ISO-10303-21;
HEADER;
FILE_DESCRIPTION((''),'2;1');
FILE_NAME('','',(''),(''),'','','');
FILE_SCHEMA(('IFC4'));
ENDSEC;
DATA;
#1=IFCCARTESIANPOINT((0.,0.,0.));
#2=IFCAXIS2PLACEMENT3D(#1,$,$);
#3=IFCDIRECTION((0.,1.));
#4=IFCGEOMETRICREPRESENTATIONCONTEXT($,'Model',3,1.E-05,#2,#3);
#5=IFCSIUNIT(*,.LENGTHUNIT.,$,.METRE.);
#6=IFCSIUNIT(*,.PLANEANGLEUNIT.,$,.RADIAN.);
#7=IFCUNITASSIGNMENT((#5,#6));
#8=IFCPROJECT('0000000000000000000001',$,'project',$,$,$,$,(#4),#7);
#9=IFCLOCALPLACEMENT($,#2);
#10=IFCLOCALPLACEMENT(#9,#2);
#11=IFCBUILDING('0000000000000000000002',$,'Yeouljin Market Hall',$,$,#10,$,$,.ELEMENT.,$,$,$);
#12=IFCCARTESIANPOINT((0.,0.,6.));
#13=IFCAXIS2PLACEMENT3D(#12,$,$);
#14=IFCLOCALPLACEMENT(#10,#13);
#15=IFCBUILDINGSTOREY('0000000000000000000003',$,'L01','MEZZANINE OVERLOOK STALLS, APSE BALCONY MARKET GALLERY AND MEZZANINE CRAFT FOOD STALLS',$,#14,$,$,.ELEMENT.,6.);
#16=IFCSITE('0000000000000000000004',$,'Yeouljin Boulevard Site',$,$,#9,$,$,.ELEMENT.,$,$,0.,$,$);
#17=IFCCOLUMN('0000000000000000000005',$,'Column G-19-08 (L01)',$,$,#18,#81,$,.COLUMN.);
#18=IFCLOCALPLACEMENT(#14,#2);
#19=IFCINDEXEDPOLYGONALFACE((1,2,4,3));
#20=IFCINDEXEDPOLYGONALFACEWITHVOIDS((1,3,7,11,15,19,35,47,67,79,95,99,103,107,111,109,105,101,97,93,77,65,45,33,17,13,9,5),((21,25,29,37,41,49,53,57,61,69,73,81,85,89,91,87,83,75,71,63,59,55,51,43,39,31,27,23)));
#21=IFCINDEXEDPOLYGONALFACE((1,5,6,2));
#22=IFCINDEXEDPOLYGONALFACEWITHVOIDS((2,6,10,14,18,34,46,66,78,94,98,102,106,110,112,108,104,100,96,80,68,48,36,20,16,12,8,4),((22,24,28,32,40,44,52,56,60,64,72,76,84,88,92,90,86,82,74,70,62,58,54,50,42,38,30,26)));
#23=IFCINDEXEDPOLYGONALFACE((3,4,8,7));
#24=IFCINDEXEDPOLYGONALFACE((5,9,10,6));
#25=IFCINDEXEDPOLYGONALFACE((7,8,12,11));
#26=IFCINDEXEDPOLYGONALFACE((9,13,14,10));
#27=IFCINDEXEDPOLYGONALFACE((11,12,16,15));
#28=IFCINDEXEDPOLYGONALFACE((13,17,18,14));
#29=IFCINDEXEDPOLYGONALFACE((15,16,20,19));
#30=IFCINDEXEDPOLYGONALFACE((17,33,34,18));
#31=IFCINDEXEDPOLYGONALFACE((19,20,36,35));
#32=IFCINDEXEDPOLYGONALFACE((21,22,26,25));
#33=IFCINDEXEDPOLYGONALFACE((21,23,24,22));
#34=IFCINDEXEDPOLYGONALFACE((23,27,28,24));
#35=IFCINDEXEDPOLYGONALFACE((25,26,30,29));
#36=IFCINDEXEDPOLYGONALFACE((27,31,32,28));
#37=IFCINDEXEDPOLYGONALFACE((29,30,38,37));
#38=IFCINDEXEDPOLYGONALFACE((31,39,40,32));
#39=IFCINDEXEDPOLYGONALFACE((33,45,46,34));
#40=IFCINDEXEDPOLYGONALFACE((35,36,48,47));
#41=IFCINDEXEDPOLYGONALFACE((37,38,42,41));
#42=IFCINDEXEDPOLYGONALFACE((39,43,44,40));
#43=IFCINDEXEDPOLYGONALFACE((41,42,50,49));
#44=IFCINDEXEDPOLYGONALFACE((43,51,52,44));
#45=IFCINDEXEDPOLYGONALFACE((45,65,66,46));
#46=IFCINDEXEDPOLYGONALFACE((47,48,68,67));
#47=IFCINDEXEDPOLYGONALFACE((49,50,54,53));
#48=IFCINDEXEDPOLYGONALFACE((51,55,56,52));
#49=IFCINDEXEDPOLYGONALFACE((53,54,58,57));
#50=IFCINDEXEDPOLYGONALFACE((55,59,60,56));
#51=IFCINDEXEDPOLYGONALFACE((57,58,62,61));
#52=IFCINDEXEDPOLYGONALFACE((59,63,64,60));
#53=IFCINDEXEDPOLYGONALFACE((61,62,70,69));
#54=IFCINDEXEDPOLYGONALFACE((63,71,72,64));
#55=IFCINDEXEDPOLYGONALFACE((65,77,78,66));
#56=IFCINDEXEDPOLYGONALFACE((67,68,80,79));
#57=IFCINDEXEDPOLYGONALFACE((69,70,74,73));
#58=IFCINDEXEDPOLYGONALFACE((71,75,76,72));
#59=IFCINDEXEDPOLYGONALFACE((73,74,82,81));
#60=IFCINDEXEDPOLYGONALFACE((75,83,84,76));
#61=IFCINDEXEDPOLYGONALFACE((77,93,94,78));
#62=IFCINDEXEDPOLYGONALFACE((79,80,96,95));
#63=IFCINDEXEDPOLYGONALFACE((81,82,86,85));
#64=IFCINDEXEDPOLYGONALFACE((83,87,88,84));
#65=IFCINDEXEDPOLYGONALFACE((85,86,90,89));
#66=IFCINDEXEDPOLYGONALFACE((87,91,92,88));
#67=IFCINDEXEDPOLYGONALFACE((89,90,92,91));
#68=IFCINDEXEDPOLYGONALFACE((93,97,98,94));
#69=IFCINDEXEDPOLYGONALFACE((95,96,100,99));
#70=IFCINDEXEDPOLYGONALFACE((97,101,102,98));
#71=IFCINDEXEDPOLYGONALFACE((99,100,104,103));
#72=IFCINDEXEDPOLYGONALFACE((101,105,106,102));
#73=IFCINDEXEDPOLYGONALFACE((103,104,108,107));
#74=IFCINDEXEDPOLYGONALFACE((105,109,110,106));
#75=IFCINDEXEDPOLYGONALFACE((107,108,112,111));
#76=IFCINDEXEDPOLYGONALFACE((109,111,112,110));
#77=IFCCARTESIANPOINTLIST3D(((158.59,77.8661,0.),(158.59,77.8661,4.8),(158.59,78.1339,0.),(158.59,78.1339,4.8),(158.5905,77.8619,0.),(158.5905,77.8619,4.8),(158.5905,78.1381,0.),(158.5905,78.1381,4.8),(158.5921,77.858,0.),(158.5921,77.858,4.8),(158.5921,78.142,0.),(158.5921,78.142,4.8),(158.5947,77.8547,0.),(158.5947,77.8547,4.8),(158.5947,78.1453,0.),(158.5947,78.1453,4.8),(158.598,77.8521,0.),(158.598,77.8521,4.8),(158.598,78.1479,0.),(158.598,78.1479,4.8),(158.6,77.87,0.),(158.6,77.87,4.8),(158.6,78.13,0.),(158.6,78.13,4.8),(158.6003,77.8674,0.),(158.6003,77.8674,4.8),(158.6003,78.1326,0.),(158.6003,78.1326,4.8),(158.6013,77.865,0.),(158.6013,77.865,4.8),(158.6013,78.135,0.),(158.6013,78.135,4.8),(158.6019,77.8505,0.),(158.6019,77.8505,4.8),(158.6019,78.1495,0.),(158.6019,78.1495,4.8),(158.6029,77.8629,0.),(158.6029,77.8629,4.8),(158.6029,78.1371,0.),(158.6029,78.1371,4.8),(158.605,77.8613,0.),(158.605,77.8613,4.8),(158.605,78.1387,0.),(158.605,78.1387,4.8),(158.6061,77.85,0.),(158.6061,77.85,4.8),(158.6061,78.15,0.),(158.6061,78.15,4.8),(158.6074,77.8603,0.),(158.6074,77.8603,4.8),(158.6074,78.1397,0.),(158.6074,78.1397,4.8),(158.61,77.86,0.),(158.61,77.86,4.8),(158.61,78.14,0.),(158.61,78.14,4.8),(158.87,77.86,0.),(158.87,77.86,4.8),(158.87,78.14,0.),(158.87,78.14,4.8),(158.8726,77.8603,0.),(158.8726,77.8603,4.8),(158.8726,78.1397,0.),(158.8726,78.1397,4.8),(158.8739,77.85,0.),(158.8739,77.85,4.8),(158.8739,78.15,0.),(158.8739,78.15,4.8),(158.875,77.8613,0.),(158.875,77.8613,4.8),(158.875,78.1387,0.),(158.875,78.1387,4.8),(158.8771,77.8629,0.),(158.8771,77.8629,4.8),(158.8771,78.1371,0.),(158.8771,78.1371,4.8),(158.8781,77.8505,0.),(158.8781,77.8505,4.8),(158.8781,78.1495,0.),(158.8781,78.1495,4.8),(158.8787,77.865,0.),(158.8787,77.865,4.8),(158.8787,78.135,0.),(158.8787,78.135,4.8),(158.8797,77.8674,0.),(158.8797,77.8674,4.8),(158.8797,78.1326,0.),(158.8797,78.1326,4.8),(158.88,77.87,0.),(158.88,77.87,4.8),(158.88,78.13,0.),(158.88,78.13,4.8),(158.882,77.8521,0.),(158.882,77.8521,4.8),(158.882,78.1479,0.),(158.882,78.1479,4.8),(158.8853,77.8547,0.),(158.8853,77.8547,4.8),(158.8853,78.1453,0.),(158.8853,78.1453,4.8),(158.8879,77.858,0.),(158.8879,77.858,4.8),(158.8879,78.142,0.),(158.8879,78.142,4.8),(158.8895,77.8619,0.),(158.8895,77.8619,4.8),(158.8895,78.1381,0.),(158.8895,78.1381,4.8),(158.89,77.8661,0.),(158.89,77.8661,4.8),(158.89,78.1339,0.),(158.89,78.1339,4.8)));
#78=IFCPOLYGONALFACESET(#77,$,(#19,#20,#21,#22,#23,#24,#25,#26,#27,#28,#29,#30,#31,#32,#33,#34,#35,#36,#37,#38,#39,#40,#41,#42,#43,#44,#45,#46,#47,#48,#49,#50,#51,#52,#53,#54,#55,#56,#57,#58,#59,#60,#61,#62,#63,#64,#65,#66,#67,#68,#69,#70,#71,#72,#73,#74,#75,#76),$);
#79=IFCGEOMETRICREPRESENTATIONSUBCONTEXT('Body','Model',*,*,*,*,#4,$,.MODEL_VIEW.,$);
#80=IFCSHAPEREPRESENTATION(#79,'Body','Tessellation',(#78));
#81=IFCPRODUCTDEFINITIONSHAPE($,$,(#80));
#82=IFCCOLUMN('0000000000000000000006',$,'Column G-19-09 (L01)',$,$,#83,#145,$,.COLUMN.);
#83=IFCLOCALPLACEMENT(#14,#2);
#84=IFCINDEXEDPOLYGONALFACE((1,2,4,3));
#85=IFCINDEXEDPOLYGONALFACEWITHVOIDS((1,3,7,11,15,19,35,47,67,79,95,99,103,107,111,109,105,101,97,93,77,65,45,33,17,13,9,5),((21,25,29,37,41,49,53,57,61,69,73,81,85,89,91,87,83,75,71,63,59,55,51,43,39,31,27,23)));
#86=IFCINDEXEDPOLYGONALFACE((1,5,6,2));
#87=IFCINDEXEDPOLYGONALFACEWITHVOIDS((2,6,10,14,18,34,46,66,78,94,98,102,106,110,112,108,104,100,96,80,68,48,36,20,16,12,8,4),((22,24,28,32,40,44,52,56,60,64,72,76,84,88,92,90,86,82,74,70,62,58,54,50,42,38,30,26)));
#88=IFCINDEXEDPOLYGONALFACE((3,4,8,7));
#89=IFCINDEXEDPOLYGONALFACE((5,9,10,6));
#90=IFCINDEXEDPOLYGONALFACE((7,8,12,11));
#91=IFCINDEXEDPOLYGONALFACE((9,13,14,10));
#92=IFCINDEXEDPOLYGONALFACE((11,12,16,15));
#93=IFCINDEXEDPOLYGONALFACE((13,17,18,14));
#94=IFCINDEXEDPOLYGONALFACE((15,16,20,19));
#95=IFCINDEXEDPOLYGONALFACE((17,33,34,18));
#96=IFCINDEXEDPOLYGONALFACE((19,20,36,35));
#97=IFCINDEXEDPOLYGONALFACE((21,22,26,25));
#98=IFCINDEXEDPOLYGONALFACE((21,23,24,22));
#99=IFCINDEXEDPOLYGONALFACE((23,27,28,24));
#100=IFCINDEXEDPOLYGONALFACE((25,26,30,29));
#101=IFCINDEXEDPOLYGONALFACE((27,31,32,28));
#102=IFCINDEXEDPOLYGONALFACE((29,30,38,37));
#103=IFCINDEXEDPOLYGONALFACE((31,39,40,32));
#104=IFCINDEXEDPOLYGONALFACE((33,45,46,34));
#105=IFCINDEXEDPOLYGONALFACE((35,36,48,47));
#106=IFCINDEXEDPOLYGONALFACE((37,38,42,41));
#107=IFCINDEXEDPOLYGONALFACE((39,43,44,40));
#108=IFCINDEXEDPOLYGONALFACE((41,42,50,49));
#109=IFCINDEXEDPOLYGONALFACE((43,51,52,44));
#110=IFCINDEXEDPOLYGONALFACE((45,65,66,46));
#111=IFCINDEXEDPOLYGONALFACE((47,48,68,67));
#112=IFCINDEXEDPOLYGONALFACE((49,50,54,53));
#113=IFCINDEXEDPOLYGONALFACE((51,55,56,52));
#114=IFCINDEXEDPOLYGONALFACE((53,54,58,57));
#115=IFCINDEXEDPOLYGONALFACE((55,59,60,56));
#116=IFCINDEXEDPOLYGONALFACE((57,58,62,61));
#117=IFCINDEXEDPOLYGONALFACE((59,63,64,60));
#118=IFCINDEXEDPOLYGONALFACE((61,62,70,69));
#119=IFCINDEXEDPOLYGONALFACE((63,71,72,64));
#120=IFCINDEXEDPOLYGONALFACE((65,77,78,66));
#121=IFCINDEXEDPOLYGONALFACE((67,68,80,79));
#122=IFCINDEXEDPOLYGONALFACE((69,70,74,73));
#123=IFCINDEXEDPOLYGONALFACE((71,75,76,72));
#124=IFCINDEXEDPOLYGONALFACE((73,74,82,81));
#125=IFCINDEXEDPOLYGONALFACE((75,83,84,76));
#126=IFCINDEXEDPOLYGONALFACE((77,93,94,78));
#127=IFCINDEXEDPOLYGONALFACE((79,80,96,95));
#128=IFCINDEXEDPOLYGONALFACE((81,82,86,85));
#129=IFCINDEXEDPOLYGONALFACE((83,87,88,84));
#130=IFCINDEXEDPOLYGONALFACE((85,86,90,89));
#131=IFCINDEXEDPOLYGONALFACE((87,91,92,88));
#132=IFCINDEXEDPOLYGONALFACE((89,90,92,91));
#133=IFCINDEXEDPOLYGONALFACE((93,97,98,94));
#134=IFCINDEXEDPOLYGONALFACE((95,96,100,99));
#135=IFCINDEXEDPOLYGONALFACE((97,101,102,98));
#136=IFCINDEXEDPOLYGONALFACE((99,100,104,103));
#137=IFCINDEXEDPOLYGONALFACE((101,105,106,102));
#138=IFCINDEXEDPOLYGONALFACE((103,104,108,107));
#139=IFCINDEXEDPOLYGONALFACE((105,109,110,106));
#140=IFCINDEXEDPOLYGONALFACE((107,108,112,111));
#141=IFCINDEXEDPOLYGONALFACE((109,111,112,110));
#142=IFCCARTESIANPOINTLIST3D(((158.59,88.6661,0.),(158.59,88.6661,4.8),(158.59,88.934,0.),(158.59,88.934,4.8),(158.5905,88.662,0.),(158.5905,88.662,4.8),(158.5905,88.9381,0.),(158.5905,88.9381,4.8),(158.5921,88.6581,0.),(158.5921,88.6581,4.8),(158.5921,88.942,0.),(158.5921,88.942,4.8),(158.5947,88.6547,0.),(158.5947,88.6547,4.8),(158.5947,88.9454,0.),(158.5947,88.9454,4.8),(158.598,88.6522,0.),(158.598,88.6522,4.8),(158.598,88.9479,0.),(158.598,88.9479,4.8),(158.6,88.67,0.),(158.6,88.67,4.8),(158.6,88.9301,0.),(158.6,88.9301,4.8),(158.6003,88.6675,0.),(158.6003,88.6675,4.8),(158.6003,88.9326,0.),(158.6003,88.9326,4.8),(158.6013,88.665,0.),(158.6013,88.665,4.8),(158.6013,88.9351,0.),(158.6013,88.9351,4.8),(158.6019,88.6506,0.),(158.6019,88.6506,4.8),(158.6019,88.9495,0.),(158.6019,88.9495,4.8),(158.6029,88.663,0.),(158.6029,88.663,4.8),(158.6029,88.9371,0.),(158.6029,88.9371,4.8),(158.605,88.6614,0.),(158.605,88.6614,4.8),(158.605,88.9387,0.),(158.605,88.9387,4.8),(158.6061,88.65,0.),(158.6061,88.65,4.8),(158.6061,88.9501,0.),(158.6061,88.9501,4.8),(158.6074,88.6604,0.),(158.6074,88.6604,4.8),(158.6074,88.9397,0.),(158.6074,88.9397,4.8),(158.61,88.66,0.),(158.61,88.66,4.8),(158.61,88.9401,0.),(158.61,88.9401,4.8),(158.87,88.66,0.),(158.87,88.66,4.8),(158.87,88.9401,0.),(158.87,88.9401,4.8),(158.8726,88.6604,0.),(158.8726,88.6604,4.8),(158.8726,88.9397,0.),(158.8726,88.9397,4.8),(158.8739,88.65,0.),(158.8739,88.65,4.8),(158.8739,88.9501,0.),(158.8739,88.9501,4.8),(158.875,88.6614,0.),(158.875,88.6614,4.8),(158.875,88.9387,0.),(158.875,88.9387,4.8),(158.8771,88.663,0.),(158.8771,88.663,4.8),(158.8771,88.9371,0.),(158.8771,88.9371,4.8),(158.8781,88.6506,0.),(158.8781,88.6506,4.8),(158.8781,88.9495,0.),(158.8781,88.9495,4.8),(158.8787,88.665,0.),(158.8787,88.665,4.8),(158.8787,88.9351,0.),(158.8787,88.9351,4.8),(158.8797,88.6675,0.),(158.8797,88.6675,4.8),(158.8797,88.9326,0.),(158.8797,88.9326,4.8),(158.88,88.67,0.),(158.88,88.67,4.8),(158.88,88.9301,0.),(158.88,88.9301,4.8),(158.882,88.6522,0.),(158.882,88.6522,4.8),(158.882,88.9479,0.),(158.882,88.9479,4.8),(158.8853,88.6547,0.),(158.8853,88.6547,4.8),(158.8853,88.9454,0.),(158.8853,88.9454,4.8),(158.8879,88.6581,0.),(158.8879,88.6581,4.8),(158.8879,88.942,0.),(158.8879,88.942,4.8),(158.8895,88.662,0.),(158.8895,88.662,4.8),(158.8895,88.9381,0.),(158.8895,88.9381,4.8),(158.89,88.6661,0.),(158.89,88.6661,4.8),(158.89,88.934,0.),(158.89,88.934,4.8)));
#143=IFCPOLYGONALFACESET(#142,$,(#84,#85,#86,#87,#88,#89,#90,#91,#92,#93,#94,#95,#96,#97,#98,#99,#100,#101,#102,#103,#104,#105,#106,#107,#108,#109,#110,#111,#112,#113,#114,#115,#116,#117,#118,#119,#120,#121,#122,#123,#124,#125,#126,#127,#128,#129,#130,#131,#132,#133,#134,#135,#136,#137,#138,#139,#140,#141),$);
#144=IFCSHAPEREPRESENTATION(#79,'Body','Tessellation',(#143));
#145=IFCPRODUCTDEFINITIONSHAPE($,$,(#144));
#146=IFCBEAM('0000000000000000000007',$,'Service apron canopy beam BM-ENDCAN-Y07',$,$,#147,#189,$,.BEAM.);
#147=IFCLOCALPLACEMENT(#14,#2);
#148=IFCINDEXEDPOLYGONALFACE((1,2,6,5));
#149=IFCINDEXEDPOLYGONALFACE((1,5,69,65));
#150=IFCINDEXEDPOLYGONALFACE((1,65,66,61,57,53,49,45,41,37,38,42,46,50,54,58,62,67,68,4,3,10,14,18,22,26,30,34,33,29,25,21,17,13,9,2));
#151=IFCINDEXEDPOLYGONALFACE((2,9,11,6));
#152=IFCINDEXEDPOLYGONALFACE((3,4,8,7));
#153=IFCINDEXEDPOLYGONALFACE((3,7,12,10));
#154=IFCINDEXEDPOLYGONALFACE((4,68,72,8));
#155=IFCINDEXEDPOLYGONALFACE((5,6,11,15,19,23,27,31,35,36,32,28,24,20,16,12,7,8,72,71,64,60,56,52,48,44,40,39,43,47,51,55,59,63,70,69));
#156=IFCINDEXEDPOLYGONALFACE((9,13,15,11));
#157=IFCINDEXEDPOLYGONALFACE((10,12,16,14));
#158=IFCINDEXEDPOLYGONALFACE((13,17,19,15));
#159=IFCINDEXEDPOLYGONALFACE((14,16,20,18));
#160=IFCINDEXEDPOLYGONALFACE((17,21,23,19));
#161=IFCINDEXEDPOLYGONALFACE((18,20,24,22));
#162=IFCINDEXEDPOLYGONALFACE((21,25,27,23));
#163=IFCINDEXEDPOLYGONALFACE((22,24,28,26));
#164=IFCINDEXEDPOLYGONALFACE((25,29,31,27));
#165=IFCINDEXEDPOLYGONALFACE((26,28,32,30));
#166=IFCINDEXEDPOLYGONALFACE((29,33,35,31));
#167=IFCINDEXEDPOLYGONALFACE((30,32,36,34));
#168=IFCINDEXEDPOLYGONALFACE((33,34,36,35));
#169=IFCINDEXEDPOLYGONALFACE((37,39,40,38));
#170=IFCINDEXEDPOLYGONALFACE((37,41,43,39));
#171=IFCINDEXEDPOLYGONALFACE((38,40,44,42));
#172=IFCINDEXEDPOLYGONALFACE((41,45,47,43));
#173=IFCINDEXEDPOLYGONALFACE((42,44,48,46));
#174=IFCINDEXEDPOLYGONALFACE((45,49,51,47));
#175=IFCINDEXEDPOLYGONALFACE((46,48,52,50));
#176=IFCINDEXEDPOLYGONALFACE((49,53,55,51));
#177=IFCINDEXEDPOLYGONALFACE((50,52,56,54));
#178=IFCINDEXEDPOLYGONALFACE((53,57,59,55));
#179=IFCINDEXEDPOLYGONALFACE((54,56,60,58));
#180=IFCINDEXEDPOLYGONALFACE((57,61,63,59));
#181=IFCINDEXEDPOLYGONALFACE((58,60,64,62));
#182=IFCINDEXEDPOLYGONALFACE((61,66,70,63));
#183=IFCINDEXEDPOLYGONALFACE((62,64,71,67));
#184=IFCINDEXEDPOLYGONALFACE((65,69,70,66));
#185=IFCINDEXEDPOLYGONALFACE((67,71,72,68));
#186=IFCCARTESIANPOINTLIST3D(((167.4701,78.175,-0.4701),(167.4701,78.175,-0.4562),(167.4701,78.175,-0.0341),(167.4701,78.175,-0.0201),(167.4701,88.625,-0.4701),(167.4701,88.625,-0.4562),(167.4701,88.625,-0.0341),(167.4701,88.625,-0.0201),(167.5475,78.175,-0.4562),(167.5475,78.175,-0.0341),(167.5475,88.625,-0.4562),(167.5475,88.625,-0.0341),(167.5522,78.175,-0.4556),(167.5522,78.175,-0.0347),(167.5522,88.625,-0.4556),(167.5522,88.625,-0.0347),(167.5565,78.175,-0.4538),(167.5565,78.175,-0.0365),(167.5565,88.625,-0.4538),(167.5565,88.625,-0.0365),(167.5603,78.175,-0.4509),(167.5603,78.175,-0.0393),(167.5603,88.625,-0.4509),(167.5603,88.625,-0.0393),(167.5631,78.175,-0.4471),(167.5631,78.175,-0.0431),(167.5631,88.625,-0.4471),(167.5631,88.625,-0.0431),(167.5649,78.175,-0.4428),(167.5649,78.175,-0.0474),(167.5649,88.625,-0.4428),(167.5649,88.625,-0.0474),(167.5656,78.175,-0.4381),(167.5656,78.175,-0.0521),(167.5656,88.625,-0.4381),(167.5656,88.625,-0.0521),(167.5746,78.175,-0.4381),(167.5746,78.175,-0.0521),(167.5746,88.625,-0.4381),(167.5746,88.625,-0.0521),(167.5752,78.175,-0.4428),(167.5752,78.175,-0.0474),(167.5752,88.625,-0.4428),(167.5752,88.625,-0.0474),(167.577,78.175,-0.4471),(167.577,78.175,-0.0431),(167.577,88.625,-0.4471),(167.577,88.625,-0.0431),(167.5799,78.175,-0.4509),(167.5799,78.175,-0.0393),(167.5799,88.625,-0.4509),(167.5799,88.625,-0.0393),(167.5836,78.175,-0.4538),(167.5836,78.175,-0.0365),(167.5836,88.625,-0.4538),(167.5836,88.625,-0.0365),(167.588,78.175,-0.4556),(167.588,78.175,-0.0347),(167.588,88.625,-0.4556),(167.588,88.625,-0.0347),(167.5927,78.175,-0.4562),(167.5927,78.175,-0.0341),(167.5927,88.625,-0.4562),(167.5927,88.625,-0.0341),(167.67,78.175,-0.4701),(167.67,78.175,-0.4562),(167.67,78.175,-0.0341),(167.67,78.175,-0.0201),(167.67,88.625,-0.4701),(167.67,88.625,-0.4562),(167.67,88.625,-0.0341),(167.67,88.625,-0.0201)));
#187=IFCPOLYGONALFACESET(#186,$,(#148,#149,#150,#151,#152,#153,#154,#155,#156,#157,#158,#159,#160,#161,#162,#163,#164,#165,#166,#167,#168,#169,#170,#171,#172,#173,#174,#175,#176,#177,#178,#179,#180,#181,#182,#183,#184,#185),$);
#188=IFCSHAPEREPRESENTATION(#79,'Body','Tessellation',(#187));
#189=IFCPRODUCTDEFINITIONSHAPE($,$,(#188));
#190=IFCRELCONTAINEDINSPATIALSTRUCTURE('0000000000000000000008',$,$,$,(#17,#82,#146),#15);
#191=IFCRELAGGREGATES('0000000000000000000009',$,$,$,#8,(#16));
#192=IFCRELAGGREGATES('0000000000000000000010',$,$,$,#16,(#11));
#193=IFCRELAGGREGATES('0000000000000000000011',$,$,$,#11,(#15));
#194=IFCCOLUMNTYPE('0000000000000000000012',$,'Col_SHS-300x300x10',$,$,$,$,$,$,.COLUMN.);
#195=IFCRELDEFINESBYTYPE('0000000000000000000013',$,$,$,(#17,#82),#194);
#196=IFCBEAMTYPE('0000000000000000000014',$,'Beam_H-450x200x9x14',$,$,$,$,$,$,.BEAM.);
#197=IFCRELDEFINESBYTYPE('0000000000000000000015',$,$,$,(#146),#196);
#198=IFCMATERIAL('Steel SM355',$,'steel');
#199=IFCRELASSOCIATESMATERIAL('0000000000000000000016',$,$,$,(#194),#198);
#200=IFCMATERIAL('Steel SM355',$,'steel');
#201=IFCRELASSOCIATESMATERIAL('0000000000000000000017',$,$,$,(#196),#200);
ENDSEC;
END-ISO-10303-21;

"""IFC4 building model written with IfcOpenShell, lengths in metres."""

from ifc_helpers import new_model, si_unit, direction, frame, origin, origin_2d, place, context, subcontext, project, spatial, hollow_rectangle, i_section, extrude, material, material_profile, profile_set, type_object, element, save


model = new_model("IFC4")

# Units and contexts
model_context = context("Model", 3, precision=1e-05, world=origin(), true_north=direction((0.0, 1.0)))
body_context = subcontext(model_context, "Body", "Model", "MODEL_VIEW")
ifc_project = project(units=[si_unit("LENGTHUNIT", "METRE"), si_unit("PLANEANGLEUNIT", "RADIAN")], contexts=[model_context])

# Site, building, storey
site_placement = place(None, origin())
site = spatial("IfcSite", under=ifc_project, at=site_placement, Name="Yeouljin Boulevard Site", CompositionType="ELEMENT", RefElevation=0.0)
building_placement = place(site_placement, origin())
building = spatial("IfcBuilding", under=site, at=building_placement, Name="Yeouljin Market Hall", CompositionType="ELEMENT")
storey_placement = place(building_placement, frame((0.0, 0.0, 6.0)))
storey = spatial("IfcBuildingStorey", under=building, at=storey_placement, Name="L01", Description="MEZZANINE OVERLOOK STALLS, APSE BALCONY MARKET GALLERY AND MEZZANINE CRAFT FOOD STALLS", CompositionType="ELEMENT", Elevation=6.0)

# Columns
ifc_material_1 = material(Name="Steel SM355", Category="steel")
ifc_material_profile_1 = material_profile(ifc_material_1, hollow_rectangle(XDim=0.3, YDim=0.3, WallThickness=0.01, InnerFilletRadius=0.01, OuterFilletRadius=0.0161, at=origin_2d()), Name="SHS-300x300x10")
ifc_profile_set_1 = profile_set([ifc_material_profile_1], Name="Steel SM355")
column_type = type_object("IfcColumnType", Name="Col_SHS-300x300x10", PredefinedType="COLUMN", material=ifc_profile_set_1)
for number, where, z_axis, x_axis, name in (
    (1, (158.74, 78.0, 0.0), (0.0, 0.0, 1.0), (1.0, 0.0, 0.0), "Column G-19-08 (L01)"),
    (2, (158.74, 88.8, 0.0), (0.0, 0.0, 1.0), (1.0, 0.0, 0.0), "Column G-19-09 (L01)"),
):
    element("IfcColumn", number, at=place(storey_placement, frame(where, z_axis=z_axis, x_axis=x_axis)), inside=storey, type_object=column_type, Name=name, PredefinedType="COLUMN", context=body_context, shape_type="SweptSolid", body=[
        extrude(hollow_rectangle(XDim=0.3, YDim=0.3, WallThickness=0.01, InnerFilletRadius=0.01, OuterFilletRadius=0.0161, at=origin_2d()), origin(), (0.0, 0.0, 1.0), 4.8),
    ])

# Beam
ifc_material_2 = material(Name="Steel SM355", Category="steel")
ifc_material_profile_2 = material_profile(ifc_material_2, i_section(OverallWidth=0.2, OverallDepth=0.45, WebThickness=0.009, FlangeThickness=0.0139, FilletRadius=0.0181, at=origin_2d()), Name="H-450x200x9x14")
ifc_profile_set_2 = profile_set([ifc_material_profile_2], Name="Steel SM355")
beam_type_1 = type_object("IfcBeamType", Name="Beam_H-450x200x9x14", PredefinedType="BEAM", material=ifc_profile_set_2)
for number, where, z_axis, x_axis, name in (
    (3, (167.5701, 78.175, -0.2451), (0.0, 1.0, 0.0), (-1.0, 0.0, 0.0), "Service apron canopy beam BM-ENDCAN-Y07"),
):
    element("IfcBeam", number, at=place(storey_placement, frame(where, z_axis=z_axis, x_axis=x_axis)), inside=storey, type_object=beam_type_1, Name=name, PredefinedType="BEAM", context=body_context, shape_type="SweptSolid", body=[
        extrude(i_section(OverallWidth=0.2, OverallDepth=0.45, WebThickness=0.009, FlangeThickness=0.0139, FilletRadius=0.0181, at=origin_2d()), origin(), (0.0, 0.0, 1.0), 10.45),
    ])

save(model, "model.ifc")
